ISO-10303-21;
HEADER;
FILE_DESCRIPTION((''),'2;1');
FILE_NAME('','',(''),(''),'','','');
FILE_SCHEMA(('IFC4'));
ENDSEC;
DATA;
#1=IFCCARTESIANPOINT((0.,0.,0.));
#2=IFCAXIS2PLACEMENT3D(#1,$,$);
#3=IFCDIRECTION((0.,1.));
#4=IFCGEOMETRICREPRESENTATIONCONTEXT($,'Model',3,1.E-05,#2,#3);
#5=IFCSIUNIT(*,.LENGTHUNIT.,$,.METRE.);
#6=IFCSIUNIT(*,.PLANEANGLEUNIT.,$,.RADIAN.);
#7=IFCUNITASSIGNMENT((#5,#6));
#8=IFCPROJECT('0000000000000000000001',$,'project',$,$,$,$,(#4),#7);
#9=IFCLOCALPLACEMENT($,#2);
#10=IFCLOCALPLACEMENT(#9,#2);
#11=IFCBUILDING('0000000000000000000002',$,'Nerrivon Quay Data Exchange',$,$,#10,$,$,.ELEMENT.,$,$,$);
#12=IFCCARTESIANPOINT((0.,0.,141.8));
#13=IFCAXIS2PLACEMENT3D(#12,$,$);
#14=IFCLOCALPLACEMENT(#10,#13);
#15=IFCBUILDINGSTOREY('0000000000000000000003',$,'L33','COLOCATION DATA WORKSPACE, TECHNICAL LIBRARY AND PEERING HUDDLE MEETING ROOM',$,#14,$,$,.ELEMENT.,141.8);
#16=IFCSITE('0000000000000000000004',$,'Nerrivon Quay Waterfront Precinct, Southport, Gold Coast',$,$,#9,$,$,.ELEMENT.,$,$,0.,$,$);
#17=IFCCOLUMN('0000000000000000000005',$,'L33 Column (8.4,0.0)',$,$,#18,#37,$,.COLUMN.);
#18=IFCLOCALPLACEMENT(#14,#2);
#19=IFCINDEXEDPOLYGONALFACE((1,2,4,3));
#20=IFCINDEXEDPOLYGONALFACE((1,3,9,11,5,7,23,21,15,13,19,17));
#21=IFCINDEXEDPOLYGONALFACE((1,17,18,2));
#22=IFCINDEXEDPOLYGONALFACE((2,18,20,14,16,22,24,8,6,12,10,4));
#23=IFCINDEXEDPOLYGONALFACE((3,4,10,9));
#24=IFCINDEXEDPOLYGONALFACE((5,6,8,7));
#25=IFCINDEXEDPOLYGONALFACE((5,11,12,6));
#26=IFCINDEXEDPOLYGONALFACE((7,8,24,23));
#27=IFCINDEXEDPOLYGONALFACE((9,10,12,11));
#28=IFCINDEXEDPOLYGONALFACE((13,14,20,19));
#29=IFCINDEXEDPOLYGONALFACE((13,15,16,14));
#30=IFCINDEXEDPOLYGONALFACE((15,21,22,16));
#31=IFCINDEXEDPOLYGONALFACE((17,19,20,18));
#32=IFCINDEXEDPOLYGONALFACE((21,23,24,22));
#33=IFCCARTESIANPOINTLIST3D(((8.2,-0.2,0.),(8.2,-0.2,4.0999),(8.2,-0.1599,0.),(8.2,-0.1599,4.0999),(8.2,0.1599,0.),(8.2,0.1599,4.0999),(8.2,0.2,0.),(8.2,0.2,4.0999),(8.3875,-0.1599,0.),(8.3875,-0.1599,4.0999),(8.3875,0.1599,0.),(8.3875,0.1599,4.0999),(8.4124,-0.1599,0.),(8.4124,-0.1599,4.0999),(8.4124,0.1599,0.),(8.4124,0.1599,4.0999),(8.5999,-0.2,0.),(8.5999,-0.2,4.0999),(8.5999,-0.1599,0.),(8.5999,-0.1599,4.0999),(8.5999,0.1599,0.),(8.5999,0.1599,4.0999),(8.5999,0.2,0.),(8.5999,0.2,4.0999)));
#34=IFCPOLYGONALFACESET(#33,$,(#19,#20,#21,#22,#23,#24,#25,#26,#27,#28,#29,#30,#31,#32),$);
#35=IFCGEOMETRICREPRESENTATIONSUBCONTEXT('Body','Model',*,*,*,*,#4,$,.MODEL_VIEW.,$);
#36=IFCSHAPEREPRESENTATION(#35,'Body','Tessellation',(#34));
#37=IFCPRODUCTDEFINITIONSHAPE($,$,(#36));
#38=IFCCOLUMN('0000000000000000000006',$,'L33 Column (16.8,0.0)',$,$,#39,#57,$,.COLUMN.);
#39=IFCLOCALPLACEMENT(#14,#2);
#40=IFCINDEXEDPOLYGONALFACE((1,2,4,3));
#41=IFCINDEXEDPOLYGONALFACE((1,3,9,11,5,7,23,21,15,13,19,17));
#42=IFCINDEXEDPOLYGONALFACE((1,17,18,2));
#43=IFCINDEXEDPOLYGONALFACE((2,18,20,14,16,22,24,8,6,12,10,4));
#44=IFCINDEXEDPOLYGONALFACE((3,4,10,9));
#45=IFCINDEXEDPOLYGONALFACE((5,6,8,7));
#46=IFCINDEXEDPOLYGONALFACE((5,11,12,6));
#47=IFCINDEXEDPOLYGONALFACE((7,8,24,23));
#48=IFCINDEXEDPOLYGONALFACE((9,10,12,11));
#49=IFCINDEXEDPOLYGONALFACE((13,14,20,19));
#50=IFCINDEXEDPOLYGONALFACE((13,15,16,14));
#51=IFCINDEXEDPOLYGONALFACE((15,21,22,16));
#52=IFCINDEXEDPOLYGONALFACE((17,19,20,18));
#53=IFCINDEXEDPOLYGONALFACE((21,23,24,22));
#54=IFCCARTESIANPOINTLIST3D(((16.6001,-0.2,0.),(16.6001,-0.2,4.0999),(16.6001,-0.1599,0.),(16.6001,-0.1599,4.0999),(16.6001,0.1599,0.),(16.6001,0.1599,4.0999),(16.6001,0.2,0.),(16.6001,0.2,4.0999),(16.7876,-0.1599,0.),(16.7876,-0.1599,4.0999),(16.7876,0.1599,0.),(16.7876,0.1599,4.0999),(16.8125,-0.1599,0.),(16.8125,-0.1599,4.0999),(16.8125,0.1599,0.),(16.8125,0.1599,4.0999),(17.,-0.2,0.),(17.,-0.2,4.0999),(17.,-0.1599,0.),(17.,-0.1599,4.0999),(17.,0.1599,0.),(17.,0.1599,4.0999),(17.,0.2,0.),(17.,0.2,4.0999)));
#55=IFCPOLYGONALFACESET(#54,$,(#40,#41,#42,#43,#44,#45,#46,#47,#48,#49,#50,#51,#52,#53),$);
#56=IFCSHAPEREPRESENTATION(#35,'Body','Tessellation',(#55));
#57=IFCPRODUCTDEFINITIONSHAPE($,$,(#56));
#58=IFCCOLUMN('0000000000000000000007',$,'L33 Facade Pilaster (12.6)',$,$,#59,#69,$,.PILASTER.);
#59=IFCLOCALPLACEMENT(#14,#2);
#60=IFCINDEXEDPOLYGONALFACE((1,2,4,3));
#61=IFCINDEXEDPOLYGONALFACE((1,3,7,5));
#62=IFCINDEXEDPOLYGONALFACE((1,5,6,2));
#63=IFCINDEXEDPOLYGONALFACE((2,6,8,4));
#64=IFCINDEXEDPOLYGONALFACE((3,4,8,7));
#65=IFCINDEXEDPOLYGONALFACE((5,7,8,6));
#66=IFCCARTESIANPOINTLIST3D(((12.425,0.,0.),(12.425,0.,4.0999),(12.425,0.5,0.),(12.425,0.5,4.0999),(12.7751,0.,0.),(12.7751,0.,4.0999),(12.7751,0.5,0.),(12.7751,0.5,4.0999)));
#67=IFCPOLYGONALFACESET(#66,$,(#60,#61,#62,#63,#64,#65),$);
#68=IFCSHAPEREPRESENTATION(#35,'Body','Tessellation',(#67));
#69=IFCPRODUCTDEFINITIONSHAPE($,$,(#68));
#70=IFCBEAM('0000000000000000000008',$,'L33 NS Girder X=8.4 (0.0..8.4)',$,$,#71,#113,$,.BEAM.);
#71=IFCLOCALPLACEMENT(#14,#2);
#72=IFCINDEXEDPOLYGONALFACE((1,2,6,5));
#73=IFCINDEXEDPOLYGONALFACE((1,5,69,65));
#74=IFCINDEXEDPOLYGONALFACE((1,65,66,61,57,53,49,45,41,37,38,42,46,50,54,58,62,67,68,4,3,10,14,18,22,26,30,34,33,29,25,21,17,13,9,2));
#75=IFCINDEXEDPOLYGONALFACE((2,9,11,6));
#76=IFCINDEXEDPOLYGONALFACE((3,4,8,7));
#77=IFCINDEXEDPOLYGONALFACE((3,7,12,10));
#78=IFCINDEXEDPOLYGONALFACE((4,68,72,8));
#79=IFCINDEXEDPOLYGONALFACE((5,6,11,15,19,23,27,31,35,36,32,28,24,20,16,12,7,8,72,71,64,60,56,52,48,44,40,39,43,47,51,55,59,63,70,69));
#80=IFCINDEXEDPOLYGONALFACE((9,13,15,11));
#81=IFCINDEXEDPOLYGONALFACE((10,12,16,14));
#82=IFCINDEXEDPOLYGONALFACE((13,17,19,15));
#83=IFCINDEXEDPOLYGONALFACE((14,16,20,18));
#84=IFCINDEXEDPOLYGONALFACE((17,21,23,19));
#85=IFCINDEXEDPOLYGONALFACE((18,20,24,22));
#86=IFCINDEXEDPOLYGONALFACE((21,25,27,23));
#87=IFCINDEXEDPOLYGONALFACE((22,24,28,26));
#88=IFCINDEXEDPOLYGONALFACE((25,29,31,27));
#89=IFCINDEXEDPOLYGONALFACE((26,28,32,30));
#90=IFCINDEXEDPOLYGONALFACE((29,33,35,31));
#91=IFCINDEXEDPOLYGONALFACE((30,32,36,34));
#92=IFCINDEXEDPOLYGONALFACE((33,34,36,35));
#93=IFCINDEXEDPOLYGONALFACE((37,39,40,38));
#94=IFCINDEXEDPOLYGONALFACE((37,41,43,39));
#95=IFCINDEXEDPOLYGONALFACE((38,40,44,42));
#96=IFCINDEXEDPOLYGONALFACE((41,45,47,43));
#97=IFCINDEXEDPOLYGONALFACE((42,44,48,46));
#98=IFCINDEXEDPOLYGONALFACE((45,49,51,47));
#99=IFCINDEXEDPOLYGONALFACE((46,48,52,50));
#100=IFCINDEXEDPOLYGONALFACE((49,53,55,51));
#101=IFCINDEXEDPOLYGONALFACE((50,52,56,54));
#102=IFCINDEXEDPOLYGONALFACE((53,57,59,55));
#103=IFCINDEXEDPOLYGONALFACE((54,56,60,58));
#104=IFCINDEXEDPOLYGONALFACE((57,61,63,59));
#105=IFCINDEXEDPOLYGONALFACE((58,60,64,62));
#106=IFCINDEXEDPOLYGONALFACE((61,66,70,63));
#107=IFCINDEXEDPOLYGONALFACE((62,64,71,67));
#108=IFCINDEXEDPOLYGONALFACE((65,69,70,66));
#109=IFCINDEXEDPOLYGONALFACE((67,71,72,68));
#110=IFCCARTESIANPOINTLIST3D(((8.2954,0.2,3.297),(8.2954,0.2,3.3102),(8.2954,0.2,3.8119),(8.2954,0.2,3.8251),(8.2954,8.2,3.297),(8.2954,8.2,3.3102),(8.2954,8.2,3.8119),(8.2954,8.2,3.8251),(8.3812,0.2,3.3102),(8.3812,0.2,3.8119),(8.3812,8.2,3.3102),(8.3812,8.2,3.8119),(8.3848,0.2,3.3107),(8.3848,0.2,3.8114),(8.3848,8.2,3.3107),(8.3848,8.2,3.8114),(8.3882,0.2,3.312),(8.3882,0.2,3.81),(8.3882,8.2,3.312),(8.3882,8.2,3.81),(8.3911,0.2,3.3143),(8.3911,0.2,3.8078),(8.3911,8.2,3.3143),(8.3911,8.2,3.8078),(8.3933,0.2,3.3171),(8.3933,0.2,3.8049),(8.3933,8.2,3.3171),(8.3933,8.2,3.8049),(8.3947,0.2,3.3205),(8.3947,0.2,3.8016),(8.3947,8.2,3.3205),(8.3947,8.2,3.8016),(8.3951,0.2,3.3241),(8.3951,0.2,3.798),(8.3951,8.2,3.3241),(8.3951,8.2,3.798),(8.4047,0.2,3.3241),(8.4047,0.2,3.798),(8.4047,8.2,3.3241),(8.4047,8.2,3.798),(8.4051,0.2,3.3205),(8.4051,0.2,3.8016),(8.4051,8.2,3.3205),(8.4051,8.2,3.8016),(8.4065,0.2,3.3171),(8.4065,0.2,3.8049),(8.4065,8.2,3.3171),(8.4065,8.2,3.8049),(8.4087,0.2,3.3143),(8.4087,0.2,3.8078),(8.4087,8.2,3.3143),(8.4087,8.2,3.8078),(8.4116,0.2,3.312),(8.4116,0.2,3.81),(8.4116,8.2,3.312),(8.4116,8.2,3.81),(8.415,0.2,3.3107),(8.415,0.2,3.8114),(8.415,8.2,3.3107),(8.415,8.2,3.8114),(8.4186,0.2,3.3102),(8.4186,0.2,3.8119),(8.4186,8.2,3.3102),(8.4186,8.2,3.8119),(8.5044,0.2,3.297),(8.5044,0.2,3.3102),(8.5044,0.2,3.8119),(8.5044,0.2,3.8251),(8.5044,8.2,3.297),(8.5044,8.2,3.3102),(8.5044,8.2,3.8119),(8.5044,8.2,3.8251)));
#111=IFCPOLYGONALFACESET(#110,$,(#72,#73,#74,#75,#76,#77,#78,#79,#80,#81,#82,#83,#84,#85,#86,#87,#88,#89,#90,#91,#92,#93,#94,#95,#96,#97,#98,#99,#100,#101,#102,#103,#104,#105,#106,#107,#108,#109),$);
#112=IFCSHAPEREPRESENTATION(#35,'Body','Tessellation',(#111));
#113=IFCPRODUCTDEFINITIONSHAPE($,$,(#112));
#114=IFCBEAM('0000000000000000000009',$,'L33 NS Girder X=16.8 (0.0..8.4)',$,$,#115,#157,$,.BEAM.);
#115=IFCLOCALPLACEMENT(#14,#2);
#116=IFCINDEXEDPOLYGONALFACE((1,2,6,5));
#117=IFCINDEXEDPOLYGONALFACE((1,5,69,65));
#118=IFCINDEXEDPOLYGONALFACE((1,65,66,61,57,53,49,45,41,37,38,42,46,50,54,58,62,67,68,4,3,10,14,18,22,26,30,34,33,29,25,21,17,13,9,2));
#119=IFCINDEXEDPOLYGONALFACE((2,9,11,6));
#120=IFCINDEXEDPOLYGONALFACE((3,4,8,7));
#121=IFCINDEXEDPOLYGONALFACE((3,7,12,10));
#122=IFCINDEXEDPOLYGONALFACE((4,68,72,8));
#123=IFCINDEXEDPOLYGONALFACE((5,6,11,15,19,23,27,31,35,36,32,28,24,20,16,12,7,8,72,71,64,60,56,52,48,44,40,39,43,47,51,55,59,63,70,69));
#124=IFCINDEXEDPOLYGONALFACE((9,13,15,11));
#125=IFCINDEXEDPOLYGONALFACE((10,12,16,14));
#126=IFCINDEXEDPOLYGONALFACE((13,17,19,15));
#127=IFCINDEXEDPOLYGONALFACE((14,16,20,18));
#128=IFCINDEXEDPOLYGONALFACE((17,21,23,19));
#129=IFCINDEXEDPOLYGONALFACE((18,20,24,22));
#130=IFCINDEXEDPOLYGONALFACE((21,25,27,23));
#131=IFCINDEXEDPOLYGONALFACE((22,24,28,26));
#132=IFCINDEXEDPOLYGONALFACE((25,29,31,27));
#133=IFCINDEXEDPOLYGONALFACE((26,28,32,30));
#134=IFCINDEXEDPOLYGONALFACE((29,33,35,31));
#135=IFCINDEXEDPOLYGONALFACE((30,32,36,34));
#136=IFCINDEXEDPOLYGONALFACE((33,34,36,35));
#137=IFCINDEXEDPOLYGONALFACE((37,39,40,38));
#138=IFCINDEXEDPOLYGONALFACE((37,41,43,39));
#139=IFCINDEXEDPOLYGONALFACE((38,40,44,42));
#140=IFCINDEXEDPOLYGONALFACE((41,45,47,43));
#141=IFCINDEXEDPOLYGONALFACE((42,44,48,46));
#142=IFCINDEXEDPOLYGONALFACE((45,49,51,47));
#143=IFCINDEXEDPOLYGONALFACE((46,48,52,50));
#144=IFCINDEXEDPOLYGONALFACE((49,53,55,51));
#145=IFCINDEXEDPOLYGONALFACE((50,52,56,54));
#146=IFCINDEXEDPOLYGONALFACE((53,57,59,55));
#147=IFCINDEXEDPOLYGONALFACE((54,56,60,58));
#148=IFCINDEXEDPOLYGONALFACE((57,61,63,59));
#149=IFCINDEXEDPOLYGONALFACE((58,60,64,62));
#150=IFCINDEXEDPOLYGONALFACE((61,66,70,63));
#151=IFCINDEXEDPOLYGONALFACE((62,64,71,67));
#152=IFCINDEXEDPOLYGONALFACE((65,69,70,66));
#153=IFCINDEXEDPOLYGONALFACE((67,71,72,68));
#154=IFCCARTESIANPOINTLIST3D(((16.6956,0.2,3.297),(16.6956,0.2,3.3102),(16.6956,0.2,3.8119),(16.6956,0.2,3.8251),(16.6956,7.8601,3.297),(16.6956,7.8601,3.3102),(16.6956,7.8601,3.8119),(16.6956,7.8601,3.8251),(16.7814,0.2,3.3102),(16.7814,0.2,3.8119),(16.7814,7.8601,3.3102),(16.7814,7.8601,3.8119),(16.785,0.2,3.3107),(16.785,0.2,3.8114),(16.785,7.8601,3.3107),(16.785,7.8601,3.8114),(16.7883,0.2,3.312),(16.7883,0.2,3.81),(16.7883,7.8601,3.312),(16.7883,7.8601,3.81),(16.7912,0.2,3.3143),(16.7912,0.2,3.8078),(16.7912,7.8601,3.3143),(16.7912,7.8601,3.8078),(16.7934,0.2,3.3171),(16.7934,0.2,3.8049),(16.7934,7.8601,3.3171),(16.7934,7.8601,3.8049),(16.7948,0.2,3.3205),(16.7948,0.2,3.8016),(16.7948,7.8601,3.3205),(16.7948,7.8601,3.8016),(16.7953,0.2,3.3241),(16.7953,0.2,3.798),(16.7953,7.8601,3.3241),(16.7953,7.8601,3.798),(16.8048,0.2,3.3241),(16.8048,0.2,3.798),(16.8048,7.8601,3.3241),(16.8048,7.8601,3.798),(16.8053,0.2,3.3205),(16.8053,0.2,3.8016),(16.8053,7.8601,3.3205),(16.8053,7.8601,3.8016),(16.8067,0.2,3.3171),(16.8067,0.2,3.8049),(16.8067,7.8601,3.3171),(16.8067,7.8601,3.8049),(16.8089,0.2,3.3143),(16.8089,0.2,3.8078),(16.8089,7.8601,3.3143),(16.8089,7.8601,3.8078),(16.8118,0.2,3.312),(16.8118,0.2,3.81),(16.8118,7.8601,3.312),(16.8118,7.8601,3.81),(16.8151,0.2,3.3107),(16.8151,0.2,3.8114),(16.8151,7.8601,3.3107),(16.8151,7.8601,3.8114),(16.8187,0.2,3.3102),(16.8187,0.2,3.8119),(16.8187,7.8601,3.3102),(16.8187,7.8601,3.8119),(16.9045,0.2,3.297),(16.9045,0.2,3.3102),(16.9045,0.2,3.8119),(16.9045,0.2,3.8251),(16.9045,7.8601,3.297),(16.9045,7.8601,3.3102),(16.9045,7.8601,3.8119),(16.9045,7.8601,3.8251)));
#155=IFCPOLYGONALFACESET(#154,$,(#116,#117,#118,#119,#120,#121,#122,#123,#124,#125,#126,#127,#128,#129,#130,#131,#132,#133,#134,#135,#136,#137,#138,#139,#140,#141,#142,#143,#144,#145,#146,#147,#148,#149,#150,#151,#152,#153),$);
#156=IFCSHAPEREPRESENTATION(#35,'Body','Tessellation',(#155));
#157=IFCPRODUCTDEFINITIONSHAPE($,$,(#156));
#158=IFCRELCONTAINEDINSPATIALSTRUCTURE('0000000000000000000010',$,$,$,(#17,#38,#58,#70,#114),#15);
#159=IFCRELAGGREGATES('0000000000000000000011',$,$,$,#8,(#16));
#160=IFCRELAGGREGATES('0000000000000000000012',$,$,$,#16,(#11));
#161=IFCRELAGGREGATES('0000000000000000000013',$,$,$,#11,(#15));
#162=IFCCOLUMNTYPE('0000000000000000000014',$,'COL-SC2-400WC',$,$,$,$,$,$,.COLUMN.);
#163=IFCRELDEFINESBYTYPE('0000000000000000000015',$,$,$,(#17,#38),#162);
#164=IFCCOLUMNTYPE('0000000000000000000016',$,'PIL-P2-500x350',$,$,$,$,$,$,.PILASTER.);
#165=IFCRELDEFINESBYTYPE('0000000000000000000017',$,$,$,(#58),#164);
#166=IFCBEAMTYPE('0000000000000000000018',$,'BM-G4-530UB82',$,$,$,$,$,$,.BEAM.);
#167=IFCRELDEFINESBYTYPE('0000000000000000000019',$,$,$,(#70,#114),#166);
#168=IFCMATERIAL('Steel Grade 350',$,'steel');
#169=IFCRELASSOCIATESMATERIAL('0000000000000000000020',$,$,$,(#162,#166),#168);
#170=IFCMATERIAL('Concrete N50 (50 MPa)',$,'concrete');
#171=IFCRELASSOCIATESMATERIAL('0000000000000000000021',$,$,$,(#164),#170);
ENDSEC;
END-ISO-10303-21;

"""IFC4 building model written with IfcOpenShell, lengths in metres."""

from ifc_helpers import new_model, si_unit, direction, frame, origin, origin_2d, place, context, subcontext, project, spatial, rectangle, i_section, extrude, material, material_profile, profile_set, type_object, element, save


model = new_model("IFC4")

# Units and contexts
model_context = context("Model", 3, precision=1e-05, world=origin(), true_north=direction((0.0, 1.0)))
body_context = subcontext(model_context, "Body", "Model", "MODEL_VIEW")
ifc_project = project(units=[si_unit("LENGTHUNIT", "METRE"), si_unit("PLANEANGLEUNIT", "RADIAN")], contexts=[model_context])

# Site, building, storey
site_placement = place(None, origin())
site = spatial("IfcSite", under=ifc_project, at=site_placement, Name="Nerrivon Quay Waterfront Precinct, Southport, Gold Coast", CompositionType="ELEMENT", RefElevation=0.0)
building_placement = place(site_placement, origin())
building = spatial("IfcBuilding", under=site, at=building_placement, Name="Nerrivon Quay Data Exchange", CompositionType="ELEMENT")
storey_placement = place(building_placement, frame((0.0, 0.0, 141.8)))
storey = spatial("IfcBuildingStorey", under=building, at=storey_placement, Name="L33", Description="COLOCATION DATA WORKSPACE, TECHNICAL LIBRARY AND PEERING HUDDLE MEETING ROOM", CompositionType="ELEMENT", Elevation=141.8)

# Columns
ifc_material_1 = material(Name="Steel Grade 350", Category="steel")
ifc_material_profile_1 = material_profile(ifc_material_1, i_section(OverallWidth=0.3999, OverallDepth=0.3999, WebThickness=0.0249, FlangeThickness=0.04, at=origin_2d()), Name="400WC328")
ifc_profile_set_1 = profile_set([ifc_material_profile_1], Name="Steel Grade 350")
column_type_1 = type_object("IfcColumnType", Name="COL-SC2-400WC", PredefinedType="COLUMN", material=ifc_profile_set_1)
for number, where, z_axis, x_axis, name in (
    (1, (8.3999, 0.0, 0.0), (0.0, 0.0, 1.0), (1.0, 0.0, 0.0), "L33 Column (8.4,0.0)"),
    (2, (16.8, 0.0, 0.0), (0.0, 0.0, 1.0), (1.0, 0.0, 0.0), "L33 Column (16.8,0.0)"),
):
    element("IfcColumn", number, at=place(storey_placement, frame(where, z_axis=z_axis, x_axis=x_axis)), inside=storey, type_object=column_type_1, Name=name, PredefinedType="COLUMN", context=body_context, shape_type="SweptSolid", body=[
        extrude(i_section(OverallWidth=0.3999, OverallDepth=0.3999, WebThickness=0.0249, FlangeThickness=0.04, at=origin_2d()), origin(), (0.0, 0.0, 1.0), 4.0999),
    ])
ifc_material_2 = material(Name="Concrete N50 (50 MPa)", Category="concrete")
ifc_material_profile_2 = material_profile(ifc_material_2, rectangle(XDim=0.3501, YDim=0.5, at=origin_2d()), Name="RC-PIL-500x350")
ifc_profile_set_2 = profile_set([ifc_material_profile_2], Name="Concrete N50 (50 MPa)")
column_type_2 = type_object("IfcColumnType", Name="PIL-P2-500x350", PredefinedType="PILASTER", material=ifc_profile_set_2)
column_placement = place(storey_placement, frame((12.6001, 0.25, 0.0), z_axis=(0.0, 0.0, 1.0), x_axis=(1.0, 0.0, 0.0)))
element("IfcColumn", 3, at=column_placement, inside=storey, type_object=column_type_2, Name="L33 Facade Pilaster (12.6)", PredefinedType="PILASTER", context=body_context, shape_type="SweptSolid", body=[
    extrude(rectangle(XDim=0.3501, YDim=0.5, at=origin_2d()), origin(), (0.0, 0.0, 1.0), 4.0999),
])

# Beams
ifc_material_profile_3 = material_profile(ifc_material_1, i_section(OverallWidth=0.209, OverallDepth=0.5281, WebThickness=0.0095, FlangeThickness=0.0132, FilletRadius=0.0139, at=origin_2d()), Name="530UB82.0")
ifc_profile_set_3 = profile_set([ifc_material_profile_3], Name="Steel Grade 350")
beam_type_1 = type_object("IfcBeamType", Name="BM-G4-530UB82", PredefinedType="BEAM", material=ifc_profile_set_3)
beam_1_placement = place(storey_placement, frame((8.3999, 0.2, 3.561), z_axis=(0.0, 1.0, 0.0), x_axis=(-1.0, 0.0, 0.0)))
element("IfcBeam", 4, at=beam_1_placement, inside=storey, type_object=beam_type_1, Name="L33 NS Girder X=8.4 (0.0..8.4)", PredefinedType="BEAM", context=body_context, shape_type="SweptSolid", body=[
    extrude(i_section(OverallWidth=0.209, OverallDepth=0.5281, WebThickness=0.0095, FlangeThickness=0.0132, FilletRadius=0.0139, at=origin_2d()), origin(), (0.0, 0.0, 1.0), 8.0),
])
beam_2_placement = place(storey_placement, frame((16.8, 0.2, 3.561), z_axis=(0.0, 1.0, 0.0), x_axis=(-1.0, 0.0, 0.0)))
element("IfcBeam", 5, at=beam_2_placement, inside=storey, type_object=beam_type_1, Name="L33 NS Girder X=16.8 (0.0..8.4)", PredefinedType="BEAM", context=body_context, shape_type="SweptSolid", body=[
    extrude(i_section(OverallWidth=0.209, OverallDepth=0.5281, WebThickness=0.0095, FlangeThickness=0.0132, FilletRadius=0.0139, at=origin_2d()), origin(), (0.0, 0.0, 1.0), 7.6602),
])

save(model, "model.ifc")
